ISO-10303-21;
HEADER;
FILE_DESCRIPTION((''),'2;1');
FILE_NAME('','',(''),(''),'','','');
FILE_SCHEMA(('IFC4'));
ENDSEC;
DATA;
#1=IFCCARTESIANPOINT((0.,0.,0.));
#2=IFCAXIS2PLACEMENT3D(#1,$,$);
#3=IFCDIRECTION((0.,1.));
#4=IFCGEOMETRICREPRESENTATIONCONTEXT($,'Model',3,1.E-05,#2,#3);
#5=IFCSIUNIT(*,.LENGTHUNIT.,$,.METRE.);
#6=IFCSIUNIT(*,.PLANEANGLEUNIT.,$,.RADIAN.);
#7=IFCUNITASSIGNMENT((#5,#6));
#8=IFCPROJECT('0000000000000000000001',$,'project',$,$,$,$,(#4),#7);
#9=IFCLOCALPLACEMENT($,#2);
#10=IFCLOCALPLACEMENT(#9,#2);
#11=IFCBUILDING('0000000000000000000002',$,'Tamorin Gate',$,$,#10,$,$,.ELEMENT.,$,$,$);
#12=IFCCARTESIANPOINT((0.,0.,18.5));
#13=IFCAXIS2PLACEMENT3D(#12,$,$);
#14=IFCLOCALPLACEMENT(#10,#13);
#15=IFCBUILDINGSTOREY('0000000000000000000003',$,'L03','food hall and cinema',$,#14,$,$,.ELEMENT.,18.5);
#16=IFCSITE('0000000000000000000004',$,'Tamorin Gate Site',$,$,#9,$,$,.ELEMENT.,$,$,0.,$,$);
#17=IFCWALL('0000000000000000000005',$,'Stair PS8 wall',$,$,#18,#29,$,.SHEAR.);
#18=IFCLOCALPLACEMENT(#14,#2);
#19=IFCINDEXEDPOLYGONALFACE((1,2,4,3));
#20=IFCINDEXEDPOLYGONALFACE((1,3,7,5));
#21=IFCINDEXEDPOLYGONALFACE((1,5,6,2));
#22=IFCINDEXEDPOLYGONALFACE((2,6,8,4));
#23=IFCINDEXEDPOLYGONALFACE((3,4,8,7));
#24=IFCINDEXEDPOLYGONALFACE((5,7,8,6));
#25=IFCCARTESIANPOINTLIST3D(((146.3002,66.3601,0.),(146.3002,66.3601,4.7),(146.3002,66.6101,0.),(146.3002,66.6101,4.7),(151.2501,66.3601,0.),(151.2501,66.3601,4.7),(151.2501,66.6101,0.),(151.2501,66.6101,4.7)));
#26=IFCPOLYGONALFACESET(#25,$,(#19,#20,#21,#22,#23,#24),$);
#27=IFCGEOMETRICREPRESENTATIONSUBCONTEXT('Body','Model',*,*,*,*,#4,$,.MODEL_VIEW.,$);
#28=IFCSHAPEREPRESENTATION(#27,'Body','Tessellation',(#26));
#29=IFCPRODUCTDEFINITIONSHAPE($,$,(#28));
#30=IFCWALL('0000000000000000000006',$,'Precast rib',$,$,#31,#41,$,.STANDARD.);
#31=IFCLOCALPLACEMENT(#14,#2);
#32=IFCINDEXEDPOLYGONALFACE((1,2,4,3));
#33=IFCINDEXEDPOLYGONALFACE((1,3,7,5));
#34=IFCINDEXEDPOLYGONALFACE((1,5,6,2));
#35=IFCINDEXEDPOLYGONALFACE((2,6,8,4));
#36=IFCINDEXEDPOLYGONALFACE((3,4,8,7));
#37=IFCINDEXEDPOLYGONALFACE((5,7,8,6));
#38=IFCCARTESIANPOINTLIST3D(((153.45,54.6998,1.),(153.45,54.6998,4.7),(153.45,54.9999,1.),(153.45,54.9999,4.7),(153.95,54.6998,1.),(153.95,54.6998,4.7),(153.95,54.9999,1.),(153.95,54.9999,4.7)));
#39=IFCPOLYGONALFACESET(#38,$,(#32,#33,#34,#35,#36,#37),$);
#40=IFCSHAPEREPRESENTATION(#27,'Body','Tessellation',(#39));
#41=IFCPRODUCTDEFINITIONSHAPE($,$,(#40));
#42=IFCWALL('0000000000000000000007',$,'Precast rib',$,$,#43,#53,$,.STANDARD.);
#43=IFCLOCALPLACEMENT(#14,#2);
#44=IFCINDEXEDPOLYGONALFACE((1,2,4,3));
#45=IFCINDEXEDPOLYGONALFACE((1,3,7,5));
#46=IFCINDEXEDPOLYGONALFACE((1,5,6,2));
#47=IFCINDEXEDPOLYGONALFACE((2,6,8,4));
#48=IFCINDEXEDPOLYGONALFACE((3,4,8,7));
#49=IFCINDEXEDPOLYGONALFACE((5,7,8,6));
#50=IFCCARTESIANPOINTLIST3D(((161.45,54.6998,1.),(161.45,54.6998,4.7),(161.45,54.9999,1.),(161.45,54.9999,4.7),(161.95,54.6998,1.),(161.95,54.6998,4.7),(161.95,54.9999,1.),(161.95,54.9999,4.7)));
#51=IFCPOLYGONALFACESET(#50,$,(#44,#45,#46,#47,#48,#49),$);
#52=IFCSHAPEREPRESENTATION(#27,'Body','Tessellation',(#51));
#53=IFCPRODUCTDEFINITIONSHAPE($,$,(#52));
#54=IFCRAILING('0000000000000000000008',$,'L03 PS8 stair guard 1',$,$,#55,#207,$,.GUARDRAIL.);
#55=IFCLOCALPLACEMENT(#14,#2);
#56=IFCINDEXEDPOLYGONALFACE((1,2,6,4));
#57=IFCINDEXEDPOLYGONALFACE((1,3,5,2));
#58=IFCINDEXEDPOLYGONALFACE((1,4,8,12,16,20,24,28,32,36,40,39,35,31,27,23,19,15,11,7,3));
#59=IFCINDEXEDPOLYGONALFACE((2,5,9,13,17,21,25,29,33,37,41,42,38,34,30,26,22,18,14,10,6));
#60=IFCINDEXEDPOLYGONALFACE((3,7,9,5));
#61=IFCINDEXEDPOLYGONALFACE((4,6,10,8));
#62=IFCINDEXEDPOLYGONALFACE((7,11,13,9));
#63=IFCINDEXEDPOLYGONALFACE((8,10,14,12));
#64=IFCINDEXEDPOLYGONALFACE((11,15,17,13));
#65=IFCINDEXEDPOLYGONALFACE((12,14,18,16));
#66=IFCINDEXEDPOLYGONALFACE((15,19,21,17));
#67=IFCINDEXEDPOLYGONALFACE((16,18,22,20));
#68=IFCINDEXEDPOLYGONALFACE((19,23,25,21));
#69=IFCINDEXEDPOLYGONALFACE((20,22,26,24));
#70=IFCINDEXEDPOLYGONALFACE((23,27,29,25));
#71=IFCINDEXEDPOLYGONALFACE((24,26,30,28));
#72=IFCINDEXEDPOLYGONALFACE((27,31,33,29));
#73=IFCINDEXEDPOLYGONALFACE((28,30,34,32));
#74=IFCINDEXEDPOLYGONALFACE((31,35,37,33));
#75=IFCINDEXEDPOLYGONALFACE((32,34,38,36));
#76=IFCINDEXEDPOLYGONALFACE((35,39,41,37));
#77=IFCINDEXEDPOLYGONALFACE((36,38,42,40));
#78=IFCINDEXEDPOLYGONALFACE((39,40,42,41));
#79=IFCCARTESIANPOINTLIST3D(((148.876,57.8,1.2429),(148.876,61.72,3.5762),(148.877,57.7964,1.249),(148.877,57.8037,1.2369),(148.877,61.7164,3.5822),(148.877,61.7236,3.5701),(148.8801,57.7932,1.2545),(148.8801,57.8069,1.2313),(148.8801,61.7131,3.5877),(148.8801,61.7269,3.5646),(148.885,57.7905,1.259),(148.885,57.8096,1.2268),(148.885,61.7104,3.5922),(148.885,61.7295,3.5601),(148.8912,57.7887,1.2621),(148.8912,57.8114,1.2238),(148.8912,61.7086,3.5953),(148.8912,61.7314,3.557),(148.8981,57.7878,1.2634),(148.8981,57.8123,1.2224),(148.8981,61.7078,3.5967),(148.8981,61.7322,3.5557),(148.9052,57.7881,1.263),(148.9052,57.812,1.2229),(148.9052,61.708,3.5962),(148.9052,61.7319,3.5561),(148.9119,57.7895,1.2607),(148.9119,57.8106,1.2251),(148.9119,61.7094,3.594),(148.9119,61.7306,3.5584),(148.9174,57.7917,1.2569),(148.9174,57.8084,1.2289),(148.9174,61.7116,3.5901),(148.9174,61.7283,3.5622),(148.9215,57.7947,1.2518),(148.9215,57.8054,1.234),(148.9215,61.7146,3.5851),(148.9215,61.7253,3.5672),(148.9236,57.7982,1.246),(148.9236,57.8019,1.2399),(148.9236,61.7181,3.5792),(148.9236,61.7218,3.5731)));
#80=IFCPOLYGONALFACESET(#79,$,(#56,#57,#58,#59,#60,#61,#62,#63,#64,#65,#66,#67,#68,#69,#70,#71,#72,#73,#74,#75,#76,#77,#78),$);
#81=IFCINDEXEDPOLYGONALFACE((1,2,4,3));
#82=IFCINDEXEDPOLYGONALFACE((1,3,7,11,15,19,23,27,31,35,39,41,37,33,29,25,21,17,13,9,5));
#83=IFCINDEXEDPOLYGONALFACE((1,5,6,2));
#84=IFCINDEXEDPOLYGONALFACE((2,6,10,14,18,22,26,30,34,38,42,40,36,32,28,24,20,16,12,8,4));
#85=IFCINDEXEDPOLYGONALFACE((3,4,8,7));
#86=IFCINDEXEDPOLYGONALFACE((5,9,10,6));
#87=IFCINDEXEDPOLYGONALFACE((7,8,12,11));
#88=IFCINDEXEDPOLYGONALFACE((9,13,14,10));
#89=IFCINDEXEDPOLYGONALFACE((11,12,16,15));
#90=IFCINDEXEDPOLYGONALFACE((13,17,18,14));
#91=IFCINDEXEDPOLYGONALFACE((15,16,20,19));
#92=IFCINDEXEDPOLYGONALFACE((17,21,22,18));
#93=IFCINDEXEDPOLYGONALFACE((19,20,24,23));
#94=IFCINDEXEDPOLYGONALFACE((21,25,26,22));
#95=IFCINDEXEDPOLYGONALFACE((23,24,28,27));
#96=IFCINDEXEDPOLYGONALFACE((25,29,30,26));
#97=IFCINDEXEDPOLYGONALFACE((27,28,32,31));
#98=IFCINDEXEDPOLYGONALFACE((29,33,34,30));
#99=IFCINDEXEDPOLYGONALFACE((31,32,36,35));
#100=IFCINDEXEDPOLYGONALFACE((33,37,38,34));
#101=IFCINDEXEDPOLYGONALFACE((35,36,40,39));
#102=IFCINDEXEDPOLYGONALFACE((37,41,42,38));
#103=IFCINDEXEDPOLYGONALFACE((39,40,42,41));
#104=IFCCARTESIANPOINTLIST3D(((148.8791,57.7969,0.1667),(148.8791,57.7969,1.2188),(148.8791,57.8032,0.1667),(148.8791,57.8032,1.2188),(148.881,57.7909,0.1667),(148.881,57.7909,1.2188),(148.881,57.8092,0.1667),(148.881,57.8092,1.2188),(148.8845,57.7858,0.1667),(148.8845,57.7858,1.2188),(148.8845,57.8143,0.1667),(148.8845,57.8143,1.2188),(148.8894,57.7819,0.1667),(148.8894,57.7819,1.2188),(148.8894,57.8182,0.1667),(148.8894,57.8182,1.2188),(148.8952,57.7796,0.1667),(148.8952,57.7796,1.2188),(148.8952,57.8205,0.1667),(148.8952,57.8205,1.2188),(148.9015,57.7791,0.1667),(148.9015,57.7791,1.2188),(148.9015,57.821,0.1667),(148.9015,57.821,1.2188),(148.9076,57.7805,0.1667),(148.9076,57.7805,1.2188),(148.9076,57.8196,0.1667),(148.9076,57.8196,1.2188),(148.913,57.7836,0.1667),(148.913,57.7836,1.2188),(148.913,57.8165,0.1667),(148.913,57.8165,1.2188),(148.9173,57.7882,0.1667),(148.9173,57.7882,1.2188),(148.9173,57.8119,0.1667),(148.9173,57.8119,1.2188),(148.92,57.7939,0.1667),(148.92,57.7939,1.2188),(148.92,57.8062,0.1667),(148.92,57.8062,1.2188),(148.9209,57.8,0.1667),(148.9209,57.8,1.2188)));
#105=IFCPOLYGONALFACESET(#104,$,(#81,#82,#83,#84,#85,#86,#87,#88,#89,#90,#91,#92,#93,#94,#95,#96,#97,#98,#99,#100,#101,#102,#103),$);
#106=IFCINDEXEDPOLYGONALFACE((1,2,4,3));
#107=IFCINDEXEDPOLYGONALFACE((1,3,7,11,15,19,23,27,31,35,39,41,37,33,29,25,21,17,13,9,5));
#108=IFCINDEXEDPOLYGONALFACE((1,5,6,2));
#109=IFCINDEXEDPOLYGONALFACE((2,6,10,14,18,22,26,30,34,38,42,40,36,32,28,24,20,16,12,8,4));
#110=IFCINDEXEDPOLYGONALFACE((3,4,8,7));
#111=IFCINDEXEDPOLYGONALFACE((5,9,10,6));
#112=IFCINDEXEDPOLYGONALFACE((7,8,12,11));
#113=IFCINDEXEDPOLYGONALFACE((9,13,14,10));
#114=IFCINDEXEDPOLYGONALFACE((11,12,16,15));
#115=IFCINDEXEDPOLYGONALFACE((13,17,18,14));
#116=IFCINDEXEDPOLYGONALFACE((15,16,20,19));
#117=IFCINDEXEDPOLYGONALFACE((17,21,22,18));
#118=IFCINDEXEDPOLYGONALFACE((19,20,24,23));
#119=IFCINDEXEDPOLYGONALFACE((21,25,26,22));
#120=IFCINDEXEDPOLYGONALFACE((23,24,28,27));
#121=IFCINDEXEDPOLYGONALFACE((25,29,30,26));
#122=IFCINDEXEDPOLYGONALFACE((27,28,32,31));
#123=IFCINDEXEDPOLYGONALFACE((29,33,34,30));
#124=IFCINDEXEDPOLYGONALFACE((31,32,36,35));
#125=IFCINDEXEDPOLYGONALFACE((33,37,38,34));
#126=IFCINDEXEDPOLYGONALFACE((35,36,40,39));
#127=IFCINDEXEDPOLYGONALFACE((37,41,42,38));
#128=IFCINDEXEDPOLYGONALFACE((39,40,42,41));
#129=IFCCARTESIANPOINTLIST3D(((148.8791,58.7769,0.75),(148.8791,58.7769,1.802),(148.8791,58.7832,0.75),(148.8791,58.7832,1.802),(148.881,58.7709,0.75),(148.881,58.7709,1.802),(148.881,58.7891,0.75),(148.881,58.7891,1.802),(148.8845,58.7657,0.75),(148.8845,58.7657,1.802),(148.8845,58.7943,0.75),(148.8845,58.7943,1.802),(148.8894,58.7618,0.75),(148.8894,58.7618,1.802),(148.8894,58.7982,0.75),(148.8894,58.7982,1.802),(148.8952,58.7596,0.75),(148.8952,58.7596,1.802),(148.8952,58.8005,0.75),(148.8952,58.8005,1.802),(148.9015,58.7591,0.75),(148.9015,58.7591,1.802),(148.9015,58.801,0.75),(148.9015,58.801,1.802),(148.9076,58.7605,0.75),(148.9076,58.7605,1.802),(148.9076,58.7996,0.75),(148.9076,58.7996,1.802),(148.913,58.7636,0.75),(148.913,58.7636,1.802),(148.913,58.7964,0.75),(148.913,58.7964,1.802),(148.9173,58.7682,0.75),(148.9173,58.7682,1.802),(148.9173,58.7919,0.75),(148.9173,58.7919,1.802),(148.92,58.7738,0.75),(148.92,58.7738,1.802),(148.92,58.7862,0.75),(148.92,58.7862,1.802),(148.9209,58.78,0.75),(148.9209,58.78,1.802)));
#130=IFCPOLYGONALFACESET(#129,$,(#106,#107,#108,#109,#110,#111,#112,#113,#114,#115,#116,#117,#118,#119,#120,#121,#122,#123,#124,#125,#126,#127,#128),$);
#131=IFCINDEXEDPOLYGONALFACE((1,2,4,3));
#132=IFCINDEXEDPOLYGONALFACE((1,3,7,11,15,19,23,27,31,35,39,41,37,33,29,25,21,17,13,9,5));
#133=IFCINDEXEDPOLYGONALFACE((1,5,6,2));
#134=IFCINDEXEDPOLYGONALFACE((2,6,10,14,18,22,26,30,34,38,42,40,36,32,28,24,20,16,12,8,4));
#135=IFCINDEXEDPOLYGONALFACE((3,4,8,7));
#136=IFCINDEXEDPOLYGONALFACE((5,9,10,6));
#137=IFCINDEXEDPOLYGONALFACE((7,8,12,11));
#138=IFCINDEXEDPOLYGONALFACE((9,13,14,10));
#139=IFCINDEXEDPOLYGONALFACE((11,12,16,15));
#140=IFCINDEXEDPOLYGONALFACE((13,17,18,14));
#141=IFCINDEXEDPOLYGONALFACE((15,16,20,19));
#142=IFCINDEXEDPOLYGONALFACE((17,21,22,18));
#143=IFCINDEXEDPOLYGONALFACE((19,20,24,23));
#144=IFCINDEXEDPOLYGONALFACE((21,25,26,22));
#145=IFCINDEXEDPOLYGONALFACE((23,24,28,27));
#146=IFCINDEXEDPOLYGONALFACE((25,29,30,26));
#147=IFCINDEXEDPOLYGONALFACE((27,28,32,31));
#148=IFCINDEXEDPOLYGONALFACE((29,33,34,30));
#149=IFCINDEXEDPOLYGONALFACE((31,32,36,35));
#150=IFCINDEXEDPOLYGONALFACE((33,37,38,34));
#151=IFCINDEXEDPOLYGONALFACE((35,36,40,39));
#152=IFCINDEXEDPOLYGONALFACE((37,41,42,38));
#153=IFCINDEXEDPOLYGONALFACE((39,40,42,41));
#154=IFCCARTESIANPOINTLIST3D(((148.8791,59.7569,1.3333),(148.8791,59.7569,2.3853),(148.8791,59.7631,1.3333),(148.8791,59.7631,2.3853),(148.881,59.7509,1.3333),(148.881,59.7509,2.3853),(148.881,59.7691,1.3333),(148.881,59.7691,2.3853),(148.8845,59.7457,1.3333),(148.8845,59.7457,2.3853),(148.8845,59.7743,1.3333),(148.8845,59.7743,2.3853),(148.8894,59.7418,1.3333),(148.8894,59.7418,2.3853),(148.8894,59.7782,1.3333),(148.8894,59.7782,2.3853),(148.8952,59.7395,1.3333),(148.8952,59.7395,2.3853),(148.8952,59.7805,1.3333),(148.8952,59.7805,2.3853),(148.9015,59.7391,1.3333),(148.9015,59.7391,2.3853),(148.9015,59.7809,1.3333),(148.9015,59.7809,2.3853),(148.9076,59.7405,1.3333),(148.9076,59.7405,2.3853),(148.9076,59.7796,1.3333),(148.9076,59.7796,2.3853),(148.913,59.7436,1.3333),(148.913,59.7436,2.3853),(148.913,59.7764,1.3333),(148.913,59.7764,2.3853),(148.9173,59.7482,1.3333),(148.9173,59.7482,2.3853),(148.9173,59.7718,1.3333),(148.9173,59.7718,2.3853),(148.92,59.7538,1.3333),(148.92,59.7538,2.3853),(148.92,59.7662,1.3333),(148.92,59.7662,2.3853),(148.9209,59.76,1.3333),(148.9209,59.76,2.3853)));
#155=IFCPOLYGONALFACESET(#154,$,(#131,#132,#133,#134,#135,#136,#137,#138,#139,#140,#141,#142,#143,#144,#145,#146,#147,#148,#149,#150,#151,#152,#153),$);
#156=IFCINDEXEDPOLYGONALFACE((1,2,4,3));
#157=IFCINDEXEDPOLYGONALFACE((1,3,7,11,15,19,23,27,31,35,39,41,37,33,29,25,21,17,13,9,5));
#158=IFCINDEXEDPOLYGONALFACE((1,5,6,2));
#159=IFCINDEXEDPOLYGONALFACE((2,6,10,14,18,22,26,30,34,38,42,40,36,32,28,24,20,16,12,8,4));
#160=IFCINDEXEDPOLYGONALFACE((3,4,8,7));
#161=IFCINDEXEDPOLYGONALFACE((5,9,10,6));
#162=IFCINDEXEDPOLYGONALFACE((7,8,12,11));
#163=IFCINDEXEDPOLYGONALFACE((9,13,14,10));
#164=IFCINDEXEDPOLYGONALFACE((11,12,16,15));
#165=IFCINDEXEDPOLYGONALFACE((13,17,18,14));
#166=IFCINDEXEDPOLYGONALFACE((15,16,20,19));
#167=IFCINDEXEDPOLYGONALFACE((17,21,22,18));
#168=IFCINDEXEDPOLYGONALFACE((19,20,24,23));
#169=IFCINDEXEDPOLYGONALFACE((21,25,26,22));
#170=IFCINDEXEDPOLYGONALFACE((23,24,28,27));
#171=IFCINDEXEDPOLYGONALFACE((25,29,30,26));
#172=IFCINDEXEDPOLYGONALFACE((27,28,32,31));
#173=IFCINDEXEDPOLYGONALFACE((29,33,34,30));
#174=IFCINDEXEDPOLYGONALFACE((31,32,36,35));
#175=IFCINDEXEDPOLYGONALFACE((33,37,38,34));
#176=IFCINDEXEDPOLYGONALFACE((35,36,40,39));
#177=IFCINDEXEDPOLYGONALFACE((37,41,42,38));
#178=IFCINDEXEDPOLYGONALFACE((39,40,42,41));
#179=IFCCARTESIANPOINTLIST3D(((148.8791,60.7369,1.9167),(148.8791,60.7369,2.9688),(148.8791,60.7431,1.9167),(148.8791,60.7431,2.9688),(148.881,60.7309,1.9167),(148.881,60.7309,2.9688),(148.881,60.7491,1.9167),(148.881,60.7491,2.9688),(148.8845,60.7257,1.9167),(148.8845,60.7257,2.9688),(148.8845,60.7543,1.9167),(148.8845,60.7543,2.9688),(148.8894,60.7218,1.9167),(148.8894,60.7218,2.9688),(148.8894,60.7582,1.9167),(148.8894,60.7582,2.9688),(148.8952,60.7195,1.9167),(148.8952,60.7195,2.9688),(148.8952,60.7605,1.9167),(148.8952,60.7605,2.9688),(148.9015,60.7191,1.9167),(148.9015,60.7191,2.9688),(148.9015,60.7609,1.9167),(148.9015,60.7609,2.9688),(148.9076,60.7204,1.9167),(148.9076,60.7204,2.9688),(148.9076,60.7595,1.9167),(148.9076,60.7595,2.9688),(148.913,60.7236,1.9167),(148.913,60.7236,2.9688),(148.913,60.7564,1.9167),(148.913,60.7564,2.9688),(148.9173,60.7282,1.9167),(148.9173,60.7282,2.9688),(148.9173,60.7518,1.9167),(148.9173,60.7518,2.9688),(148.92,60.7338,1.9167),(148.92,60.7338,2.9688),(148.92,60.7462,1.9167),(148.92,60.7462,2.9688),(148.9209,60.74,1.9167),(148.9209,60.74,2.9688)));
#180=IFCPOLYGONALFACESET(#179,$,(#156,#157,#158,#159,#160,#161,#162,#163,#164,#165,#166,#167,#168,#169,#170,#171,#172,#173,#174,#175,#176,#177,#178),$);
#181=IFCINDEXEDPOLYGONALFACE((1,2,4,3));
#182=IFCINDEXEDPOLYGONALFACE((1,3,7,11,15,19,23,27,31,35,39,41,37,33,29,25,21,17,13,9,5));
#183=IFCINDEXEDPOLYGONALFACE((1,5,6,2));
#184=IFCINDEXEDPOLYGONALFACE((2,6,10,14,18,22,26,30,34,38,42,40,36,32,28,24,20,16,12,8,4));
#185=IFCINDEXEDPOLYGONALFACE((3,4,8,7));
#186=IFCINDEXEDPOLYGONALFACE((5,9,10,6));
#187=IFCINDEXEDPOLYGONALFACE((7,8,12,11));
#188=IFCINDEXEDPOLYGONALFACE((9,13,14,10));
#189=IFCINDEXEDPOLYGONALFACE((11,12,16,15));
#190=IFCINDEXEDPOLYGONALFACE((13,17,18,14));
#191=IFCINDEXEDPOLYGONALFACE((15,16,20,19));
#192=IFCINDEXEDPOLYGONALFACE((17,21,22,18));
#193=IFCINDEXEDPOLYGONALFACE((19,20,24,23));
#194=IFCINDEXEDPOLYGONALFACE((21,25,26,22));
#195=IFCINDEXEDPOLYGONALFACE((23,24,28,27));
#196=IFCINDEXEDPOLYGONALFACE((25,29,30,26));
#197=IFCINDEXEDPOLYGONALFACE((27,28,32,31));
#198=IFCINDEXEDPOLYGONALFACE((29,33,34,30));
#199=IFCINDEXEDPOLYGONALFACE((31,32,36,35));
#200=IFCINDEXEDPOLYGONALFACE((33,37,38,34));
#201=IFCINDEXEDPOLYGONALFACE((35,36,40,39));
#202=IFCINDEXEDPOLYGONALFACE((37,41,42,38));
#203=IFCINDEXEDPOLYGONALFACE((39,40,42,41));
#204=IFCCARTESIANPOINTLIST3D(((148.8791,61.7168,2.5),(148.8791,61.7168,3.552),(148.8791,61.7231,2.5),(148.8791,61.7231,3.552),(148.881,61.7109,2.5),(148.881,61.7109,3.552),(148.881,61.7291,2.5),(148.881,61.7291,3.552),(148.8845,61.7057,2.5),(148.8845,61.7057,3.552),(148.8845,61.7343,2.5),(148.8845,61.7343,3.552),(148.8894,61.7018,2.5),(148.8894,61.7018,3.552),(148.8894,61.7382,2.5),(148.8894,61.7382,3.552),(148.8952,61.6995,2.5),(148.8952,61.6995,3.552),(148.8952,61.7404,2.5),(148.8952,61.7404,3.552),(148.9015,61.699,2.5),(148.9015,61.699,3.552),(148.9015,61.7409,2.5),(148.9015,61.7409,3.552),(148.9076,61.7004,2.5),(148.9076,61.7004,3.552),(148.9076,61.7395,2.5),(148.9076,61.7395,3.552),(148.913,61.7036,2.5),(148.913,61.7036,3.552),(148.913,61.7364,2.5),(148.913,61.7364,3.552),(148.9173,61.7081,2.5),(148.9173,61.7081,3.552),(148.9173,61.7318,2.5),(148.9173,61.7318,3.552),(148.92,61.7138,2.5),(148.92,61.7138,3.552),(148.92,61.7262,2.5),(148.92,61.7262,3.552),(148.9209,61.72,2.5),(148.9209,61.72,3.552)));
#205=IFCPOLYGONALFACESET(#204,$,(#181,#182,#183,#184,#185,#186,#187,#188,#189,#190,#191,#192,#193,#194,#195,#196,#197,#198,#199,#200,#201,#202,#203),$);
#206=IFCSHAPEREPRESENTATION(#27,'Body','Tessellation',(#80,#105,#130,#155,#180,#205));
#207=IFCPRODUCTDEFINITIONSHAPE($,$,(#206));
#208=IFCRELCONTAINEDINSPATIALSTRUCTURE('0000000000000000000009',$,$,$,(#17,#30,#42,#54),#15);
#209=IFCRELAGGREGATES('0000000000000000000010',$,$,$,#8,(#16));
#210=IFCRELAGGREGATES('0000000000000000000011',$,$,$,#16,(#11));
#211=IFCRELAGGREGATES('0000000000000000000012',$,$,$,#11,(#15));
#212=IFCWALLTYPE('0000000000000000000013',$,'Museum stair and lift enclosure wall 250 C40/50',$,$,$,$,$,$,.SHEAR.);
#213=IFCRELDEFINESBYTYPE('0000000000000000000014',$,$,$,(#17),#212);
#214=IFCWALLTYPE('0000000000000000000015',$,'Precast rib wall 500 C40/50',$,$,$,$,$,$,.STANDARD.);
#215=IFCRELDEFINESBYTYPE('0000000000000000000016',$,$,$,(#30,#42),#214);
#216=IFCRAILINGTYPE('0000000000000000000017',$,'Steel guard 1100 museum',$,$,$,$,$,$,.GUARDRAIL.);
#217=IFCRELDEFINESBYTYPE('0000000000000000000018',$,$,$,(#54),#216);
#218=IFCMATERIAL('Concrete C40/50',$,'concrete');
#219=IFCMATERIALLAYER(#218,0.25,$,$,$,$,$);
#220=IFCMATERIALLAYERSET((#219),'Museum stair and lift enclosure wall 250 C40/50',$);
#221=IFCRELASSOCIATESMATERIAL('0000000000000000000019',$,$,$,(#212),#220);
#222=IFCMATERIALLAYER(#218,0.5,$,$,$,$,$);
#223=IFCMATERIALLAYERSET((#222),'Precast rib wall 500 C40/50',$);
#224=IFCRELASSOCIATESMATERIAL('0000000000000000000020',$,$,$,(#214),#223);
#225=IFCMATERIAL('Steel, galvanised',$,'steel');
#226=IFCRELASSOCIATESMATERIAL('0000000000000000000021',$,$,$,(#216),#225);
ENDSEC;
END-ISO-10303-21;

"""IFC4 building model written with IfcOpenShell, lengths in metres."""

from ifc_helpers import new_model, si_unit, direction, frame, frame_2d, origin, origin_2d, place, context, subcontext, project, spatial, rectangle, circle, extrude, material, layer, layer_set, type_object, element, save


model = new_model("IFC4")

# Units and contexts
model_context = context("Model", 3, precision=1e-05, world=origin(), true_north=direction((0.0, 1.0)))
body_context = subcontext(model_context, "Body", "Model", "MODEL_VIEW")
ifc_project = project(units=[si_unit("LENGTHUNIT", "METRE"), si_unit("PLANEANGLEUNIT", "RADIAN")], contexts=[model_context])

# Site, building, storey
site_placement = place(None, origin())
site = spatial("IfcSite", under=ifc_project, at=site_placement, Name="Tamorin Gate Site", CompositionType="ELEMENT", RefElevation=0.0)
building_placement = place(site_placement, origin())
building = spatial("IfcBuilding", under=site, at=building_placement, Name="Tamorin Gate", CompositionType="ELEMENT")
storey_placement = place(building_placement, frame((0.0, 0.0, 18.5)))
storey = spatial("IfcBuildingStorey", under=building, at=storey_placement, Name="L03", Description="food hall and cinema", CompositionType="ELEMENT", Elevation=18.5)

# Shared definitions
ifc_material_1 = material(Name="Concrete C40/50", Category="concrete")
ifc_layer_1 = layer(ifc_material_1, 0.25)
ifc_layer_set_1 = layer_set([ifc_layer_1], Name="Museum stair and lift enclosure wall 250 C40/50")
wall_type_1 = type_object("IfcWallType", Name="Museum stair and lift enclosure wall 250 C40/50", PredefinedType="SHEAR", material=ifc_layer_set_1)

# Walls
wall_1_placement = place(storey_placement, frame((146.3, 66.4851, 0.0), z_axis=(0.0, 0.0, 1.0), x_axis=(1.0, 0.0, 0.0)))
element("IfcWall", 1, at=wall_1_placement, inside=storey, type_object=wall_type_1, Name="Stair PS8 wall", PredefinedType="SHEAR", context=body_context, shape_type="SweptSolid", body=[
    extrude(rectangle(XDim=4.95, YDim=0.25, at=frame_2d((2.4751, 0.0))), origin(), (0.0, 0.0, 1.0), 4.7),
])
ifc_layer_2 = layer(ifc_material_1, 0.5)
ifc_layer_set_2 = layer_set([ifc_layer_2], Name="Precast rib wall 500 C40/50")
wall_type_2 = type_object("IfcWallType", Name="Precast rib wall 500 C40/50", PredefinedType="STANDARD", material=ifc_layer_set_2)
for number, where, z_axis, x_axis, name in (
    (2, (153.7, 54.7, 1.0), (0.0, 0.0, 1.0), (0.0, 1.0, 0.0), "Precast rib"),
    (3, (161.7, 54.7, 1.0), (0.0, 0.0, 1.0), (0.0, 1.0, 0.0), "Precast rib"),
):
    element("IfcWall", number, at=place(storey_placement, frame(where, z_axis=z_axis, x_axis=x_axis)), inside=storey, type_object=wall_type_2, Name=name, PredefinedType="STANDARD", context=body_context, shape_type="SweptSolid", body=[
        extrude(rectangle(XDim=0.3, YDim=0.5, at=frame_2d((0.1499, 0.0))), origin(), (0.0, 0.0, 1.0), 3.7),
    ])

# Railing
ifc_material_2 = material(Name="Steel, galvanised", Category="steel")
railing_type_1 = type_object("IfcRailingType", Name="Steel guard 1100 museum", PredefinedType="GUARDRAIL", material=ifc_material_2)
railing_1_placement = place(storey_placement, frame((148.8999, 57.8, 0.1667)))
element("IfcRailing", 4, at=railing_1_placement, inside=storey, type_object=railing_type_1, Name="L03 PS8 stair guard 1", PredefinedType="GUARDRAIL", context=body_context, shape_type="SweptSolid", body=[
    extrude(circle(Radius=0.0239, at=origin_2d()), frame((0.0, 0.0, 1.0762), z_axis=(0.0, 0.859296, 0.511478), x_axis=(-1.0, 0.0, 0.0)), (0.0, 0.0, 1.0), 4.5618),
    extrude(circle(Radius=0.021, at=origin_2d()), origin(), (0.0, 0.0, 1.0), 1.052),
    extrude(circle(Radius=0.021, at=origin_2d()), frame((0.0, 0.98, 0.5833)), (0.0, 0.0, 1.0), 1.052),
    extrude(circle(Radius=0.021, at=origin_2d()), frame((0.0, 1.96, 1.1665)), (0.0, 0.0, 1.0), 1.052),
    extrude(circle(Radius=0.021, at=origin_2d()), frame((0.0, 2.9399, 1.75)), (0.0, 0.0, 1.0), 1.052),
    extrude(circle(Radius=0.021, at=origin_2d()), frame((0.0, 3.9199, 2.3333)), (0.0, 0.0, 1.0), 1.052),
])

save(model, "model.ifc")
